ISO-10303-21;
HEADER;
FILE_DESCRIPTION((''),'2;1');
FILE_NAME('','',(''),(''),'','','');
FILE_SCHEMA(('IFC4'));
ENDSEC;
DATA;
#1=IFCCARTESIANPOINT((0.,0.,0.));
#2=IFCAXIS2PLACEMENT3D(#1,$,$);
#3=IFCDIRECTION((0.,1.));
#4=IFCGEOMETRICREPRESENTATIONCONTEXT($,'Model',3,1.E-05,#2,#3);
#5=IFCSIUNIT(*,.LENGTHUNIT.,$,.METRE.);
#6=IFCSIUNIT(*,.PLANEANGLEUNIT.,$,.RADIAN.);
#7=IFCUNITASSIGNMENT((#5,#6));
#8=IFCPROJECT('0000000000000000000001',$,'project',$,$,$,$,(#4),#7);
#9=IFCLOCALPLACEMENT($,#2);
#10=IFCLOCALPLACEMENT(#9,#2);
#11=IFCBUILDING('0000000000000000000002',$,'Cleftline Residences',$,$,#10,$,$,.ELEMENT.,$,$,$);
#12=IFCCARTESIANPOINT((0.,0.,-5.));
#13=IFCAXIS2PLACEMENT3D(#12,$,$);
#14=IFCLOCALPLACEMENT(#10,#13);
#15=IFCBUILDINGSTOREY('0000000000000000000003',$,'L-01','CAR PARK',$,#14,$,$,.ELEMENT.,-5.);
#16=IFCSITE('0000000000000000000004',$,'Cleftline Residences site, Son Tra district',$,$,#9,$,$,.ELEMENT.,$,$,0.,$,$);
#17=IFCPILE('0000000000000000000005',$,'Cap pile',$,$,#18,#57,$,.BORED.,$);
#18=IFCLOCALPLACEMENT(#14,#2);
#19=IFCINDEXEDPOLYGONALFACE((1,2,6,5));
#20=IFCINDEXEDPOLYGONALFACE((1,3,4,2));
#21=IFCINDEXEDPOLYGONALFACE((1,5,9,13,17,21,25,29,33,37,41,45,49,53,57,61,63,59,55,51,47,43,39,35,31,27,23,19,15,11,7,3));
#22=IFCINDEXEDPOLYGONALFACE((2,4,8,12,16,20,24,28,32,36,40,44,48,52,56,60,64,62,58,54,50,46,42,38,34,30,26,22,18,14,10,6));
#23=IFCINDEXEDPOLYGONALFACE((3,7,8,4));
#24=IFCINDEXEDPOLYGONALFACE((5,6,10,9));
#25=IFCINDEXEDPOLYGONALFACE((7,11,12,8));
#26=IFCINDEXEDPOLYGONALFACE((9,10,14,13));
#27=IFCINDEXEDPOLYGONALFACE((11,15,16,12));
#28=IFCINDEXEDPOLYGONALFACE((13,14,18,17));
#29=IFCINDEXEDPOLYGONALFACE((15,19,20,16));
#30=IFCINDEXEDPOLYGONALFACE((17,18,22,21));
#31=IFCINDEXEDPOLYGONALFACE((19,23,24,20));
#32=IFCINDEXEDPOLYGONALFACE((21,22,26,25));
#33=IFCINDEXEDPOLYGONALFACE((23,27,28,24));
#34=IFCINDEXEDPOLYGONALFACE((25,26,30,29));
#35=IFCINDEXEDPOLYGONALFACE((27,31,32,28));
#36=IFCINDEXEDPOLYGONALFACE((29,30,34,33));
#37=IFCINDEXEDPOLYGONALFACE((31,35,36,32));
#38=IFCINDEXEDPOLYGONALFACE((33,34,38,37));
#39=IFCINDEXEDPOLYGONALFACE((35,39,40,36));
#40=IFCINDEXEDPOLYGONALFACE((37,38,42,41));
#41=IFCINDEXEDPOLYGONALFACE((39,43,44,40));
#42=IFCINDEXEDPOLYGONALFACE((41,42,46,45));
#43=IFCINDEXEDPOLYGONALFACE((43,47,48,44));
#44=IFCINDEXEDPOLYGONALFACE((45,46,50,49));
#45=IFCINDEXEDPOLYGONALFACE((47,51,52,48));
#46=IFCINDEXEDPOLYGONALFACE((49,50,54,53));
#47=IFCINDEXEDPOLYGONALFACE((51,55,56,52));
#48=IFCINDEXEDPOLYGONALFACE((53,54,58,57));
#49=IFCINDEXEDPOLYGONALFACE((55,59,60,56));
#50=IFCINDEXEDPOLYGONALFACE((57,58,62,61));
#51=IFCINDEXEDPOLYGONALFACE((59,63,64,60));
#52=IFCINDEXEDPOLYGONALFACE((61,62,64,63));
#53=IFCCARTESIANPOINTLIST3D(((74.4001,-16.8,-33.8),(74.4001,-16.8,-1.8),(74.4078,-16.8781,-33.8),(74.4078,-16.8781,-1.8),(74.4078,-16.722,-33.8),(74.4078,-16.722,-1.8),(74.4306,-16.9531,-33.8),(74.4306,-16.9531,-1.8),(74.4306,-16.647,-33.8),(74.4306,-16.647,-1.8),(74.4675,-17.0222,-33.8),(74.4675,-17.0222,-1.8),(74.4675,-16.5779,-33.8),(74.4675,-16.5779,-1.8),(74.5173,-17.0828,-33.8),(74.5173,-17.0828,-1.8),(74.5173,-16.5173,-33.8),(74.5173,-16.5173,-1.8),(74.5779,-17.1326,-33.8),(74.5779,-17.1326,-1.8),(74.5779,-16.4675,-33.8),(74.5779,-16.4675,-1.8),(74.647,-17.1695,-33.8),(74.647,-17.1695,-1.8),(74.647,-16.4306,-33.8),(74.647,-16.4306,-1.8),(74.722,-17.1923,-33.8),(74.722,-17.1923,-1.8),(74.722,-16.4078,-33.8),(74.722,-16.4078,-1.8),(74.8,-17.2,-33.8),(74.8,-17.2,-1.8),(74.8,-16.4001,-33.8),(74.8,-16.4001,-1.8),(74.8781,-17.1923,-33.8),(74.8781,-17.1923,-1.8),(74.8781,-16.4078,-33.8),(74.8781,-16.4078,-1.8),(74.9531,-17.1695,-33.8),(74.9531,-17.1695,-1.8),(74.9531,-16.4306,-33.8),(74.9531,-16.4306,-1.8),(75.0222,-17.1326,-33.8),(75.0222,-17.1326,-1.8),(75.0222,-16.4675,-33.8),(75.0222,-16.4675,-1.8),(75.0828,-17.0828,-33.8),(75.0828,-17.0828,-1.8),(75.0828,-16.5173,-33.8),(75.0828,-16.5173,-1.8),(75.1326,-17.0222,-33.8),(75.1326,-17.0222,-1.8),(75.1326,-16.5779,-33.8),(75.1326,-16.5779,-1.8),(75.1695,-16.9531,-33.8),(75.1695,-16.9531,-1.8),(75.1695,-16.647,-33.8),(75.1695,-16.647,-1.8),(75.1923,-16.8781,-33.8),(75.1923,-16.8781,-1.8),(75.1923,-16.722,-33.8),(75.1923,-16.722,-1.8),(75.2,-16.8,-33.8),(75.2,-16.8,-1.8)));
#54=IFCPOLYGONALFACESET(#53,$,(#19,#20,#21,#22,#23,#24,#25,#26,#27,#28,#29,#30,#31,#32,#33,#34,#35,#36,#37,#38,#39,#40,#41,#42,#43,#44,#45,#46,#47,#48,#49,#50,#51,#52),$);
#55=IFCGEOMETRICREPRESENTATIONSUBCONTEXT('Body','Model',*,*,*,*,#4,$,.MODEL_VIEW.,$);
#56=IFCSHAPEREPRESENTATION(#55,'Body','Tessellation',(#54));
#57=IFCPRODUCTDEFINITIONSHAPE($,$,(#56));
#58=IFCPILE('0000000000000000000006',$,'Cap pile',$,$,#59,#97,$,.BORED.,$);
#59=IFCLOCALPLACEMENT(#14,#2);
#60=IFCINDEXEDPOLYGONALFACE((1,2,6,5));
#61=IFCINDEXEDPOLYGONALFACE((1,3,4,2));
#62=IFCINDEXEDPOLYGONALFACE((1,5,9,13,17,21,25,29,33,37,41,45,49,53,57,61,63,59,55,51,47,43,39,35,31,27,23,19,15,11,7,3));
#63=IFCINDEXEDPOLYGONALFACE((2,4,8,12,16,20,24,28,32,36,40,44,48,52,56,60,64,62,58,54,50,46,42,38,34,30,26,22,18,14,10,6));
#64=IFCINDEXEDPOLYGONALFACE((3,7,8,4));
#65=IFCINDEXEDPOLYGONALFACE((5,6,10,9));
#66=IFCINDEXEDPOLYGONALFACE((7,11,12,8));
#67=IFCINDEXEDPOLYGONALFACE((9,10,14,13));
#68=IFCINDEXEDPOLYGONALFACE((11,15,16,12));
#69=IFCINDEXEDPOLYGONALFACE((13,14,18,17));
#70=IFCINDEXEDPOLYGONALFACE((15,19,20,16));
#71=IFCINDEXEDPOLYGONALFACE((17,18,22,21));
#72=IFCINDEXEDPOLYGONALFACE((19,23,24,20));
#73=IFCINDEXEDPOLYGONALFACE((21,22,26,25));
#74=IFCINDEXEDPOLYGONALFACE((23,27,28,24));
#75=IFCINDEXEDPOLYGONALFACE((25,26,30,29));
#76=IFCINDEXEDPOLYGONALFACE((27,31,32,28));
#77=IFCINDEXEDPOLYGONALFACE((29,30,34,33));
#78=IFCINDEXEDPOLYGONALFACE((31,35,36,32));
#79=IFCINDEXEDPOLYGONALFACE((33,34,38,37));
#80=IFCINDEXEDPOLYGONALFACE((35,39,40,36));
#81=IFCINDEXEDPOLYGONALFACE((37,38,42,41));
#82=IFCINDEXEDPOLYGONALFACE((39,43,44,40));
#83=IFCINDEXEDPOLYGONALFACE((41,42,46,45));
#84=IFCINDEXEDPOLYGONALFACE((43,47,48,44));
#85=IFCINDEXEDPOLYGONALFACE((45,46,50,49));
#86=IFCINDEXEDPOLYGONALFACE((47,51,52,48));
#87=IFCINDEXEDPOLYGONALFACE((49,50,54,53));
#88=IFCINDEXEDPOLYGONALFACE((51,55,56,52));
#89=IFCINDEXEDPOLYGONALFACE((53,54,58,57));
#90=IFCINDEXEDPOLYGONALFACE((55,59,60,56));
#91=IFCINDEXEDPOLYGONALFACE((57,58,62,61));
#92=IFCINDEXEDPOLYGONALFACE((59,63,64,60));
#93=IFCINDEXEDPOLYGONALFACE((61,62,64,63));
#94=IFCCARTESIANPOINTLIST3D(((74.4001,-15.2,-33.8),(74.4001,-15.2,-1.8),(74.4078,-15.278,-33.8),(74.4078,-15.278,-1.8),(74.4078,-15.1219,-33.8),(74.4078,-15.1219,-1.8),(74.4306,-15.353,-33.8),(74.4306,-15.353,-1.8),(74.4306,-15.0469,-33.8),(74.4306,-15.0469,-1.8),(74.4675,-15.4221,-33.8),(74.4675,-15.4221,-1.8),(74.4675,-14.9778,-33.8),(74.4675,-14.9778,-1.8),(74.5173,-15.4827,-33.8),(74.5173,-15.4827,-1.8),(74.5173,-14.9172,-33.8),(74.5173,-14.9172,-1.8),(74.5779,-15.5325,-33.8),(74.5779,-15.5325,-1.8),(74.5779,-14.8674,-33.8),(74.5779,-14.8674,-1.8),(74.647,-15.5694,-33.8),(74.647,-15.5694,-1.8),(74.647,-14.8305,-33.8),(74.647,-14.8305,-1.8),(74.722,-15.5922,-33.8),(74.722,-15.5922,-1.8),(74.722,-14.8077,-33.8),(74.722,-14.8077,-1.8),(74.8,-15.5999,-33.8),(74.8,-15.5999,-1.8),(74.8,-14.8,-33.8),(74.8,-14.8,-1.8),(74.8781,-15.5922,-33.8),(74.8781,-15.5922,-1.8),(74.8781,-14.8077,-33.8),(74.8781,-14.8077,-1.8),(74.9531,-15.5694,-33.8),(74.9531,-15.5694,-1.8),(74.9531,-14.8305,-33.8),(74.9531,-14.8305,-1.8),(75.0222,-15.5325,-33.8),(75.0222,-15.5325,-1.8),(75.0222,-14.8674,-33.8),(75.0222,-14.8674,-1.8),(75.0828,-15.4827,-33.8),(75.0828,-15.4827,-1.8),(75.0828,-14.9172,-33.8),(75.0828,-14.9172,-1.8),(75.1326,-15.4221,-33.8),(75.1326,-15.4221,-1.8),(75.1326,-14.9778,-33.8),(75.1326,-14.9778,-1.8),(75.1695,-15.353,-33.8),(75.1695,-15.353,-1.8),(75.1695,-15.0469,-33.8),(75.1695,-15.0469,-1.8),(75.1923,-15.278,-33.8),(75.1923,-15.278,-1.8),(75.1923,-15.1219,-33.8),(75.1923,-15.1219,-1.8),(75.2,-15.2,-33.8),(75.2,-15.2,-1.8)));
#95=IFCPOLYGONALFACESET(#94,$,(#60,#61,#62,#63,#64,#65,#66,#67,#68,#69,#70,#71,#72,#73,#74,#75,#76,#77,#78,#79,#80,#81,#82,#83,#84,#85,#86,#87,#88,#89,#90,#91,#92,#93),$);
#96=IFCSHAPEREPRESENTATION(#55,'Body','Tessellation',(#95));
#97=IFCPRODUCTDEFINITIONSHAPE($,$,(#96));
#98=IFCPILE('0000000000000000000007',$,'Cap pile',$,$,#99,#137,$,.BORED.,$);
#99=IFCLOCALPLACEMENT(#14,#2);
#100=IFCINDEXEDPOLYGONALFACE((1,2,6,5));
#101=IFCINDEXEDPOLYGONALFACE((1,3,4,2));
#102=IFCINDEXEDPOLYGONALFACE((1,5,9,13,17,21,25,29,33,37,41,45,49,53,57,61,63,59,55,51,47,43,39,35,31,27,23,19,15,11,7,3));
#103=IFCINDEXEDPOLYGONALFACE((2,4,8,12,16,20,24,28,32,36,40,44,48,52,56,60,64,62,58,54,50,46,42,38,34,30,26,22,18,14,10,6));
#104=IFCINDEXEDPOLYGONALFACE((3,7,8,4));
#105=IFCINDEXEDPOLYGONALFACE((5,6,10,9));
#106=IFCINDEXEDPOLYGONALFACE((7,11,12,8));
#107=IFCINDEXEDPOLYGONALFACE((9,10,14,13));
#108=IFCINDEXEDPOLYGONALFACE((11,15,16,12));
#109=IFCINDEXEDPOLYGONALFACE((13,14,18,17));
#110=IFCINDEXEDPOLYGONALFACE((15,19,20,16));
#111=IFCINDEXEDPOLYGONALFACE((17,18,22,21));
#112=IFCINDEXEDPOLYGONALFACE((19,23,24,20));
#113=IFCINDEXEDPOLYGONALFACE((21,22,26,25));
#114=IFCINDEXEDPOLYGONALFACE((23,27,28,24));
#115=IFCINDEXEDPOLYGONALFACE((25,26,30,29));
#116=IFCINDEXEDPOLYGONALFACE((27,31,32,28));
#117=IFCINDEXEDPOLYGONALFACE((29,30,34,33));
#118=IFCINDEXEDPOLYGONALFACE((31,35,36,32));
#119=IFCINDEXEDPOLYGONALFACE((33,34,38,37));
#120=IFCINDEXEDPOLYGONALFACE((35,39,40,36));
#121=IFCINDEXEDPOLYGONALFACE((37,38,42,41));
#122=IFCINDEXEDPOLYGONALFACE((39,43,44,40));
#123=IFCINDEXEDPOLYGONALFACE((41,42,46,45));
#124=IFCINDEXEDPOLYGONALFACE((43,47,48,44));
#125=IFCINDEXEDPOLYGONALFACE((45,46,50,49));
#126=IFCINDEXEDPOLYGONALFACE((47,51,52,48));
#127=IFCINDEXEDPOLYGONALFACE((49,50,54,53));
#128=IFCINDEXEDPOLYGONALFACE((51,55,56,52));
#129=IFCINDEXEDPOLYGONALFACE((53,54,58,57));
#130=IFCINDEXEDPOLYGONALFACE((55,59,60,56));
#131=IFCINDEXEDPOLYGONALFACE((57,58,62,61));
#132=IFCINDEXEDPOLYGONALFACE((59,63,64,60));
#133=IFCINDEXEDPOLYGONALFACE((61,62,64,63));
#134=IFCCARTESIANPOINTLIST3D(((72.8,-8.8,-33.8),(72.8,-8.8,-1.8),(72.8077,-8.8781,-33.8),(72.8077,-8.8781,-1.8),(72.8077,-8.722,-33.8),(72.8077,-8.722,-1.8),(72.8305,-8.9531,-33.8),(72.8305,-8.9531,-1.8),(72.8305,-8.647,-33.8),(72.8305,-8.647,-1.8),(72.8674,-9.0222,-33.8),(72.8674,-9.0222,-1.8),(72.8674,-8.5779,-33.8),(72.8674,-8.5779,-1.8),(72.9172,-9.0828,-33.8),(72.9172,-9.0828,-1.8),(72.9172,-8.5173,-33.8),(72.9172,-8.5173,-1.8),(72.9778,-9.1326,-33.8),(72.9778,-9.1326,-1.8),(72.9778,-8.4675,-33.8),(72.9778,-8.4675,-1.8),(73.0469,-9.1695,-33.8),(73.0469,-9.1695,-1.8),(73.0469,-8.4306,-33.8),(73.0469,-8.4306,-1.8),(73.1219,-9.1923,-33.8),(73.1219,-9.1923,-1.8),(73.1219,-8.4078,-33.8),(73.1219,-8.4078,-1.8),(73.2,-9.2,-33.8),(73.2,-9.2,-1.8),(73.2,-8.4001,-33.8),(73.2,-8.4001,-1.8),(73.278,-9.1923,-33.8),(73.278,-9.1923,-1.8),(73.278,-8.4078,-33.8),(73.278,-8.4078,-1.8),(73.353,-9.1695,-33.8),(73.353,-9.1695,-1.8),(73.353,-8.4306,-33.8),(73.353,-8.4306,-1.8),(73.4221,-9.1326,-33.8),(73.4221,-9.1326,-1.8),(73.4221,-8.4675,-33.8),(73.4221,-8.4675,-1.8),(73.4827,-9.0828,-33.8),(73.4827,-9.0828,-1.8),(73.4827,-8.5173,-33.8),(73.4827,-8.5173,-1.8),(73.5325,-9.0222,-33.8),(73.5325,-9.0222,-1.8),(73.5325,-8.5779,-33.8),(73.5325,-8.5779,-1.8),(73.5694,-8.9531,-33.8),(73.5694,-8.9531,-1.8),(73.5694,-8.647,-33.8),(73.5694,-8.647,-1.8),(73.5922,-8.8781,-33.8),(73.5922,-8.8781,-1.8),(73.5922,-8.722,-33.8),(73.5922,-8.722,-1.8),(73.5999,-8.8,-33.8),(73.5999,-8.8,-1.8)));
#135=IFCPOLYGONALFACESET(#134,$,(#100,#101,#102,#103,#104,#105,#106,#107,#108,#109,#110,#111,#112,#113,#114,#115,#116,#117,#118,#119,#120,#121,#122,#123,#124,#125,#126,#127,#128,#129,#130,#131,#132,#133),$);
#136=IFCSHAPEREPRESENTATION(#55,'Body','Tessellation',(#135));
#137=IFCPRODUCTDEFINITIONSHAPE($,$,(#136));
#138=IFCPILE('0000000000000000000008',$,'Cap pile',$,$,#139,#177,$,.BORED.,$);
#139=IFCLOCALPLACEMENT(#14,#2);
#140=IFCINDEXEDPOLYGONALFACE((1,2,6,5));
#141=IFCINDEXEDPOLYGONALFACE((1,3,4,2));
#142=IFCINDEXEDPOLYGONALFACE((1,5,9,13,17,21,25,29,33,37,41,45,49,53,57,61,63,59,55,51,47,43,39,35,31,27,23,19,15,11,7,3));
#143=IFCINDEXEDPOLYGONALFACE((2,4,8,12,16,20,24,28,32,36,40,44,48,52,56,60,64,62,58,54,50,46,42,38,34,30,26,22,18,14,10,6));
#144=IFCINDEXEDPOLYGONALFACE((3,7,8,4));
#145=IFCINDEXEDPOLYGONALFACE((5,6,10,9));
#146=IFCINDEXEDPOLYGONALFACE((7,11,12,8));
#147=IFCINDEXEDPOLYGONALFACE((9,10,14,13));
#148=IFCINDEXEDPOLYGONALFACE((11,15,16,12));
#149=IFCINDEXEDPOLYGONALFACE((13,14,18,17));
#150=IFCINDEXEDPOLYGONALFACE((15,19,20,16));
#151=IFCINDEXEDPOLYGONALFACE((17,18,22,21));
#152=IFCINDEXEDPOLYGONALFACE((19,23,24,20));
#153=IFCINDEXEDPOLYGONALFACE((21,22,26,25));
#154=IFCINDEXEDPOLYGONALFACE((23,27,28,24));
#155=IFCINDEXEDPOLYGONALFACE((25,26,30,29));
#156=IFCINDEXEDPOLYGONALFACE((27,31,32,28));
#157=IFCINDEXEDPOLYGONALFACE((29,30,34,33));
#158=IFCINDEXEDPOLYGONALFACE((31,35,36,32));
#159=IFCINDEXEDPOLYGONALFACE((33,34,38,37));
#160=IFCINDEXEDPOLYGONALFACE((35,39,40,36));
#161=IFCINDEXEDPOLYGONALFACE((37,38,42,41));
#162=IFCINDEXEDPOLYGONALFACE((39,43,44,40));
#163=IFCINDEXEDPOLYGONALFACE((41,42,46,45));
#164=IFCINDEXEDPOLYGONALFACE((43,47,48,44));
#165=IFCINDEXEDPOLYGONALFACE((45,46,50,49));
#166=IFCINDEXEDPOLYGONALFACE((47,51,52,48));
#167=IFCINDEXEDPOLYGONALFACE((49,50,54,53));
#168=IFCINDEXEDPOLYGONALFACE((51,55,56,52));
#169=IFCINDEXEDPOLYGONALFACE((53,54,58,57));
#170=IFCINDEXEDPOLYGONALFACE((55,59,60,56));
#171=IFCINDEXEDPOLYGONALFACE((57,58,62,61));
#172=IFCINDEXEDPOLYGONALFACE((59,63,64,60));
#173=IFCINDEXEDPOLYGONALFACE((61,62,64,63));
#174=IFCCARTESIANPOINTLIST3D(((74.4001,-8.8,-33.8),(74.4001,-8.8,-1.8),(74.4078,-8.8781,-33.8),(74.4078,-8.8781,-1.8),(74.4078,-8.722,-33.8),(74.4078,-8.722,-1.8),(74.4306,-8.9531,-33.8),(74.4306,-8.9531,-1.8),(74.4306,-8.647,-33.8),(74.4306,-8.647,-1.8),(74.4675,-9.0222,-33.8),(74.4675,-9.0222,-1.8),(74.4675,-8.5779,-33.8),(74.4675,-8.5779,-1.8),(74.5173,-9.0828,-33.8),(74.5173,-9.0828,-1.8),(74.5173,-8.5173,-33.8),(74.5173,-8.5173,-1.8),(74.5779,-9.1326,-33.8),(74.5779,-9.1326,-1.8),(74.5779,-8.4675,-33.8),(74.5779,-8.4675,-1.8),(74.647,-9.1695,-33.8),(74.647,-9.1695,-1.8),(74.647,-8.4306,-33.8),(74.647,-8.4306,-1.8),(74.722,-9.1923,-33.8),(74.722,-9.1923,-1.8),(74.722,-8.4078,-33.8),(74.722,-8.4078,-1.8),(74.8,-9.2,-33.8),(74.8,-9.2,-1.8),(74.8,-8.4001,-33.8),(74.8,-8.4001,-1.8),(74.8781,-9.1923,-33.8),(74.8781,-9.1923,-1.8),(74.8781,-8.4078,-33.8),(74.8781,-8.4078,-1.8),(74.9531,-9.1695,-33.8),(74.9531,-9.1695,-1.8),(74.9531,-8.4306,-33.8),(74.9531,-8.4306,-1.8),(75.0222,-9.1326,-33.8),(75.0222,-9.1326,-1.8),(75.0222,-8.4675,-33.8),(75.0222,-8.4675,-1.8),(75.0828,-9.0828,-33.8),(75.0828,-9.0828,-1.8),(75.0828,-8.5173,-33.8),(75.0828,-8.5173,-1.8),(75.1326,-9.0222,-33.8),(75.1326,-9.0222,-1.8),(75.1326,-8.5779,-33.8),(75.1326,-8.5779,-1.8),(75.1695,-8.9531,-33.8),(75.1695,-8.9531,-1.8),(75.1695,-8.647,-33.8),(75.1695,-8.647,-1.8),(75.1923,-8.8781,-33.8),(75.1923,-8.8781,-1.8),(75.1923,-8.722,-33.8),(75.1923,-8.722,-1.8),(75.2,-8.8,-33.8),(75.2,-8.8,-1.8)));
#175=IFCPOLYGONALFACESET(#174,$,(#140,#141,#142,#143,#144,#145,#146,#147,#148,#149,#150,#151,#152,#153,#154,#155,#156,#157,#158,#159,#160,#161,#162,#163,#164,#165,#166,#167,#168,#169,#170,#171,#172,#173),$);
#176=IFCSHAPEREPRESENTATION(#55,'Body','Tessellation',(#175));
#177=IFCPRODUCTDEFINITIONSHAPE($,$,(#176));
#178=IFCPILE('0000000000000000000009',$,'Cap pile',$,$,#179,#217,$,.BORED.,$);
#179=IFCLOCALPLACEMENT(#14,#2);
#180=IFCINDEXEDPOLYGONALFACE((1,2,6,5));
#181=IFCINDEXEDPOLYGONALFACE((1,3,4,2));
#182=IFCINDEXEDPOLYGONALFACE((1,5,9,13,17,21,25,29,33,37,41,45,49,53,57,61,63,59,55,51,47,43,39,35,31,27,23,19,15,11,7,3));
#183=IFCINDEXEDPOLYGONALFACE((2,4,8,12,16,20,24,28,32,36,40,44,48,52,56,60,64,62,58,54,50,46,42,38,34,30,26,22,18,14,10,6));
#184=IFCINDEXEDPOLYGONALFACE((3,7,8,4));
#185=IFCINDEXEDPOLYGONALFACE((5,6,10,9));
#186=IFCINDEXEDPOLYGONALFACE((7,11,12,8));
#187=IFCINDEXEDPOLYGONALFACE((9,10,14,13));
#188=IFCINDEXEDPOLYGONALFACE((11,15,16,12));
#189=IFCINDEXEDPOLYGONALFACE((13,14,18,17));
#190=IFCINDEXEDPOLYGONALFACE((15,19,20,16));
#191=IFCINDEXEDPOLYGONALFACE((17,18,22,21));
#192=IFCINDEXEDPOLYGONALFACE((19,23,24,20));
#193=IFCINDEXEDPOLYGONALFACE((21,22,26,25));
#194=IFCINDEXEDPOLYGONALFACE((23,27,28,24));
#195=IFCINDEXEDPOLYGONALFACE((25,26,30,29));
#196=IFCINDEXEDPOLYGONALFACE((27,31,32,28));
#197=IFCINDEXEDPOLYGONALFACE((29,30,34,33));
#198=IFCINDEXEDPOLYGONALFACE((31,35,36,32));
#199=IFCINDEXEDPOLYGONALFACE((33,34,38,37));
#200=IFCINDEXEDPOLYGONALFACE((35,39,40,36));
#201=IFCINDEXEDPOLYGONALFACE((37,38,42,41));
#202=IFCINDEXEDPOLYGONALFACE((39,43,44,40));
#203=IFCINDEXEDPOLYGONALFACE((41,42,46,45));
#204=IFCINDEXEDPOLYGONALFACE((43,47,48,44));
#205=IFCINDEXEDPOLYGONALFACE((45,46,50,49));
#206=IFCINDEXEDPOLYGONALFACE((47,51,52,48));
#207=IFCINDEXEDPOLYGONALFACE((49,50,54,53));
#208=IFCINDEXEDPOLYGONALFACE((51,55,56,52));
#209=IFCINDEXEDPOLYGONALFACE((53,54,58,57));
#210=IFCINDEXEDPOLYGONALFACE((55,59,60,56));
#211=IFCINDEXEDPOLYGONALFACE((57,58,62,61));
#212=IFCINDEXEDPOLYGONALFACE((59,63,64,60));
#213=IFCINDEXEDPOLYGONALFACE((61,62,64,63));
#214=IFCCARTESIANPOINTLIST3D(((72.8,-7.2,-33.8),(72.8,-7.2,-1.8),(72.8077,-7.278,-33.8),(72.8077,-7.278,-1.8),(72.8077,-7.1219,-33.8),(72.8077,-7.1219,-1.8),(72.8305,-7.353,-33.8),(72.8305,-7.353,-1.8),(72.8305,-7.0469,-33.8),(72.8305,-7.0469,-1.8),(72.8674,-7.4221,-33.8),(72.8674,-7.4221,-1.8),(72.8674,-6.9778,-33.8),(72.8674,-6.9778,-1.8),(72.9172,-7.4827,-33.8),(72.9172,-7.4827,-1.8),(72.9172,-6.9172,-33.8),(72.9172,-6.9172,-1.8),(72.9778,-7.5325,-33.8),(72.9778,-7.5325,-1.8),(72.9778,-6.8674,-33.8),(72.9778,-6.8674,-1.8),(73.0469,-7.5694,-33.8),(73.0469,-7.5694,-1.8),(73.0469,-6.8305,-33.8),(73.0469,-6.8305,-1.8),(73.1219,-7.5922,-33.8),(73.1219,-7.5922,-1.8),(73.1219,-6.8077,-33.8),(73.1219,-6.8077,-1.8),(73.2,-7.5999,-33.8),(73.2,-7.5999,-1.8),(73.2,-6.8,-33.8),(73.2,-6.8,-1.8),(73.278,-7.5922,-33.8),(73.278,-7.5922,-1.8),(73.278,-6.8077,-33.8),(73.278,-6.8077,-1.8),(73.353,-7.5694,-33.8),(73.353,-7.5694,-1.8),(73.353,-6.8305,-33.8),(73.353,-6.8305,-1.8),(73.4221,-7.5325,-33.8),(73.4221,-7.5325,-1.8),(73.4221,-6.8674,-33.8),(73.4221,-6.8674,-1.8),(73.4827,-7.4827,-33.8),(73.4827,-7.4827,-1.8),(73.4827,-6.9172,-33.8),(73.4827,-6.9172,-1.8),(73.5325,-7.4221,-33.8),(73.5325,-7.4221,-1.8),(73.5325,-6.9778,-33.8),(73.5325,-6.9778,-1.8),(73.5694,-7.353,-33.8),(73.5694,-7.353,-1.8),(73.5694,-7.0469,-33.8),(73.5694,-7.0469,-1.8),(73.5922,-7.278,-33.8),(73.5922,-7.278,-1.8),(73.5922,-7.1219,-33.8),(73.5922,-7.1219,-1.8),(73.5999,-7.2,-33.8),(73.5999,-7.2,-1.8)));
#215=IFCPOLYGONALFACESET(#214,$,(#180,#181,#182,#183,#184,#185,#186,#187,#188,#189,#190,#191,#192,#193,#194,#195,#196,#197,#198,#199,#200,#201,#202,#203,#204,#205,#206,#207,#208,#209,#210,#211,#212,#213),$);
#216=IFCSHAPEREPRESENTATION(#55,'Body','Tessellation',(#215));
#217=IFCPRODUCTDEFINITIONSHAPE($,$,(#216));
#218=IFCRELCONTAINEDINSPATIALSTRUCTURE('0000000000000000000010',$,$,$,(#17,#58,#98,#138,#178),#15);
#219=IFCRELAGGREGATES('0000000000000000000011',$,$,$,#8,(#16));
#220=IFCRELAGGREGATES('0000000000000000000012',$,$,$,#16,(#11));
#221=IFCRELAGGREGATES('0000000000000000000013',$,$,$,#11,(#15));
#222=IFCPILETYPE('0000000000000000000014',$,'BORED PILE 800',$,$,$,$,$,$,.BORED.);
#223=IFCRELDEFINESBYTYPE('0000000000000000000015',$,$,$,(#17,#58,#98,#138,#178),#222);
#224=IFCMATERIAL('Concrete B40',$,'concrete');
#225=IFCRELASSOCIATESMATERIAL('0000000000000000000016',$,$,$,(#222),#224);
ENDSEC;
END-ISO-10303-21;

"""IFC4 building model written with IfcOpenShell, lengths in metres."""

from ifc_helpers import new_model, si_unit, direction, frame, origin, origin_2d, place, context, subcontext, project, spatial, circle, extrude, material, material_profile, profile_set, type_object, element, save


model = new_model("IFC4")

# Units and contexts
model_context = context("Model", 3, precision=1e-05, world=origin(), true_north=direction((0.0, 1.0)))
body_context = subcontext(model_context, "Body", "Model", "MODEL_VIEW")
ifc_project = project(units=[si_unit("LENGTHUNIT", "METRE"), si_unit("PLANEANGLEUNIT", "RADIAN")], contexts=[model_context])

# Site, building, storey
site_placement = place(None, origin())
site = spatial("IfcSite", under=ifc_project, at=site_placement, Name="Cleftline Residences site, Son Tra district", CompositionType="ELEMENT", RefElevation=0.0)
building_placement = place(site_placement, origin())
building = spatial("IfcBuilding", under=site, at=building_placement, Name="Cleftline Residences", CompositionType="ELEMENT")
storey_placement = place(building_placement, frame((0.0, 0.0, -5.0)))
storey = spatial("IfcBuildingStorey", under=building, at=storey_placement, Name="L-01", Description="CAR PARK", CompositionType="ELEMENT", Elevation=-5.0)

# Piles
ifc_material_1 = material(Name="Concrete B40", Category="concrete")
ifc_material_profile_1 = material_profile(ifc_material_1, circle(Radius=0.3999, at=origin_2d()))
ifc_profile_set_1 = profile_set([ifc_material_profile_1], Name="Concrete B40")
pile_type = type_object("IfcPileType", Name="BORED PILE 800", PredefinedType="BORED", material=ifc_profile_set_1)
for number, where, z_axis, x_axis, name in (
    (1, (74.8, -16.8, -1.8), (0.0, 0.0, -1.0), (1.0, 0.0, 0.0), "Cap pile"),
    (2, (74.8, -15.2, -1.8), (0.0, 0.0, -1.0), (1.0, 0.0, 0.0), "Cap pile"),
    (3, (73.2, -8.8, -1.8), (0.0, 0.0, -1.0), (1.0, 0.0, 0.0), "Cap pile"),
    (4, (74.8, -8.8, -1.8), (0.0, 0.0, -1.0), (1.0, 0.0, 0.0), "Cap pile"),
    (5, (73.2, -7.2, -1.8), (0.0, 0.0, -1.0), (1.0, 0.0, 0.0), "Cap pile"),
):
    element("IfcPile", number, at=place(storey_placement, frame(where, z_axis=z_axis, x_axis=x_axis)), inside=storey, type_object=pile_type, Name=name, PredefinedType="BORED", context=body_context, shape_type="SweptSolid", body=[
        extrude(circle(Radius=0.3999, at=origin_2d()), origin(), (0.0, 0.0, 1.0), 32.0),
    ])

save(model, "model.ifc")
